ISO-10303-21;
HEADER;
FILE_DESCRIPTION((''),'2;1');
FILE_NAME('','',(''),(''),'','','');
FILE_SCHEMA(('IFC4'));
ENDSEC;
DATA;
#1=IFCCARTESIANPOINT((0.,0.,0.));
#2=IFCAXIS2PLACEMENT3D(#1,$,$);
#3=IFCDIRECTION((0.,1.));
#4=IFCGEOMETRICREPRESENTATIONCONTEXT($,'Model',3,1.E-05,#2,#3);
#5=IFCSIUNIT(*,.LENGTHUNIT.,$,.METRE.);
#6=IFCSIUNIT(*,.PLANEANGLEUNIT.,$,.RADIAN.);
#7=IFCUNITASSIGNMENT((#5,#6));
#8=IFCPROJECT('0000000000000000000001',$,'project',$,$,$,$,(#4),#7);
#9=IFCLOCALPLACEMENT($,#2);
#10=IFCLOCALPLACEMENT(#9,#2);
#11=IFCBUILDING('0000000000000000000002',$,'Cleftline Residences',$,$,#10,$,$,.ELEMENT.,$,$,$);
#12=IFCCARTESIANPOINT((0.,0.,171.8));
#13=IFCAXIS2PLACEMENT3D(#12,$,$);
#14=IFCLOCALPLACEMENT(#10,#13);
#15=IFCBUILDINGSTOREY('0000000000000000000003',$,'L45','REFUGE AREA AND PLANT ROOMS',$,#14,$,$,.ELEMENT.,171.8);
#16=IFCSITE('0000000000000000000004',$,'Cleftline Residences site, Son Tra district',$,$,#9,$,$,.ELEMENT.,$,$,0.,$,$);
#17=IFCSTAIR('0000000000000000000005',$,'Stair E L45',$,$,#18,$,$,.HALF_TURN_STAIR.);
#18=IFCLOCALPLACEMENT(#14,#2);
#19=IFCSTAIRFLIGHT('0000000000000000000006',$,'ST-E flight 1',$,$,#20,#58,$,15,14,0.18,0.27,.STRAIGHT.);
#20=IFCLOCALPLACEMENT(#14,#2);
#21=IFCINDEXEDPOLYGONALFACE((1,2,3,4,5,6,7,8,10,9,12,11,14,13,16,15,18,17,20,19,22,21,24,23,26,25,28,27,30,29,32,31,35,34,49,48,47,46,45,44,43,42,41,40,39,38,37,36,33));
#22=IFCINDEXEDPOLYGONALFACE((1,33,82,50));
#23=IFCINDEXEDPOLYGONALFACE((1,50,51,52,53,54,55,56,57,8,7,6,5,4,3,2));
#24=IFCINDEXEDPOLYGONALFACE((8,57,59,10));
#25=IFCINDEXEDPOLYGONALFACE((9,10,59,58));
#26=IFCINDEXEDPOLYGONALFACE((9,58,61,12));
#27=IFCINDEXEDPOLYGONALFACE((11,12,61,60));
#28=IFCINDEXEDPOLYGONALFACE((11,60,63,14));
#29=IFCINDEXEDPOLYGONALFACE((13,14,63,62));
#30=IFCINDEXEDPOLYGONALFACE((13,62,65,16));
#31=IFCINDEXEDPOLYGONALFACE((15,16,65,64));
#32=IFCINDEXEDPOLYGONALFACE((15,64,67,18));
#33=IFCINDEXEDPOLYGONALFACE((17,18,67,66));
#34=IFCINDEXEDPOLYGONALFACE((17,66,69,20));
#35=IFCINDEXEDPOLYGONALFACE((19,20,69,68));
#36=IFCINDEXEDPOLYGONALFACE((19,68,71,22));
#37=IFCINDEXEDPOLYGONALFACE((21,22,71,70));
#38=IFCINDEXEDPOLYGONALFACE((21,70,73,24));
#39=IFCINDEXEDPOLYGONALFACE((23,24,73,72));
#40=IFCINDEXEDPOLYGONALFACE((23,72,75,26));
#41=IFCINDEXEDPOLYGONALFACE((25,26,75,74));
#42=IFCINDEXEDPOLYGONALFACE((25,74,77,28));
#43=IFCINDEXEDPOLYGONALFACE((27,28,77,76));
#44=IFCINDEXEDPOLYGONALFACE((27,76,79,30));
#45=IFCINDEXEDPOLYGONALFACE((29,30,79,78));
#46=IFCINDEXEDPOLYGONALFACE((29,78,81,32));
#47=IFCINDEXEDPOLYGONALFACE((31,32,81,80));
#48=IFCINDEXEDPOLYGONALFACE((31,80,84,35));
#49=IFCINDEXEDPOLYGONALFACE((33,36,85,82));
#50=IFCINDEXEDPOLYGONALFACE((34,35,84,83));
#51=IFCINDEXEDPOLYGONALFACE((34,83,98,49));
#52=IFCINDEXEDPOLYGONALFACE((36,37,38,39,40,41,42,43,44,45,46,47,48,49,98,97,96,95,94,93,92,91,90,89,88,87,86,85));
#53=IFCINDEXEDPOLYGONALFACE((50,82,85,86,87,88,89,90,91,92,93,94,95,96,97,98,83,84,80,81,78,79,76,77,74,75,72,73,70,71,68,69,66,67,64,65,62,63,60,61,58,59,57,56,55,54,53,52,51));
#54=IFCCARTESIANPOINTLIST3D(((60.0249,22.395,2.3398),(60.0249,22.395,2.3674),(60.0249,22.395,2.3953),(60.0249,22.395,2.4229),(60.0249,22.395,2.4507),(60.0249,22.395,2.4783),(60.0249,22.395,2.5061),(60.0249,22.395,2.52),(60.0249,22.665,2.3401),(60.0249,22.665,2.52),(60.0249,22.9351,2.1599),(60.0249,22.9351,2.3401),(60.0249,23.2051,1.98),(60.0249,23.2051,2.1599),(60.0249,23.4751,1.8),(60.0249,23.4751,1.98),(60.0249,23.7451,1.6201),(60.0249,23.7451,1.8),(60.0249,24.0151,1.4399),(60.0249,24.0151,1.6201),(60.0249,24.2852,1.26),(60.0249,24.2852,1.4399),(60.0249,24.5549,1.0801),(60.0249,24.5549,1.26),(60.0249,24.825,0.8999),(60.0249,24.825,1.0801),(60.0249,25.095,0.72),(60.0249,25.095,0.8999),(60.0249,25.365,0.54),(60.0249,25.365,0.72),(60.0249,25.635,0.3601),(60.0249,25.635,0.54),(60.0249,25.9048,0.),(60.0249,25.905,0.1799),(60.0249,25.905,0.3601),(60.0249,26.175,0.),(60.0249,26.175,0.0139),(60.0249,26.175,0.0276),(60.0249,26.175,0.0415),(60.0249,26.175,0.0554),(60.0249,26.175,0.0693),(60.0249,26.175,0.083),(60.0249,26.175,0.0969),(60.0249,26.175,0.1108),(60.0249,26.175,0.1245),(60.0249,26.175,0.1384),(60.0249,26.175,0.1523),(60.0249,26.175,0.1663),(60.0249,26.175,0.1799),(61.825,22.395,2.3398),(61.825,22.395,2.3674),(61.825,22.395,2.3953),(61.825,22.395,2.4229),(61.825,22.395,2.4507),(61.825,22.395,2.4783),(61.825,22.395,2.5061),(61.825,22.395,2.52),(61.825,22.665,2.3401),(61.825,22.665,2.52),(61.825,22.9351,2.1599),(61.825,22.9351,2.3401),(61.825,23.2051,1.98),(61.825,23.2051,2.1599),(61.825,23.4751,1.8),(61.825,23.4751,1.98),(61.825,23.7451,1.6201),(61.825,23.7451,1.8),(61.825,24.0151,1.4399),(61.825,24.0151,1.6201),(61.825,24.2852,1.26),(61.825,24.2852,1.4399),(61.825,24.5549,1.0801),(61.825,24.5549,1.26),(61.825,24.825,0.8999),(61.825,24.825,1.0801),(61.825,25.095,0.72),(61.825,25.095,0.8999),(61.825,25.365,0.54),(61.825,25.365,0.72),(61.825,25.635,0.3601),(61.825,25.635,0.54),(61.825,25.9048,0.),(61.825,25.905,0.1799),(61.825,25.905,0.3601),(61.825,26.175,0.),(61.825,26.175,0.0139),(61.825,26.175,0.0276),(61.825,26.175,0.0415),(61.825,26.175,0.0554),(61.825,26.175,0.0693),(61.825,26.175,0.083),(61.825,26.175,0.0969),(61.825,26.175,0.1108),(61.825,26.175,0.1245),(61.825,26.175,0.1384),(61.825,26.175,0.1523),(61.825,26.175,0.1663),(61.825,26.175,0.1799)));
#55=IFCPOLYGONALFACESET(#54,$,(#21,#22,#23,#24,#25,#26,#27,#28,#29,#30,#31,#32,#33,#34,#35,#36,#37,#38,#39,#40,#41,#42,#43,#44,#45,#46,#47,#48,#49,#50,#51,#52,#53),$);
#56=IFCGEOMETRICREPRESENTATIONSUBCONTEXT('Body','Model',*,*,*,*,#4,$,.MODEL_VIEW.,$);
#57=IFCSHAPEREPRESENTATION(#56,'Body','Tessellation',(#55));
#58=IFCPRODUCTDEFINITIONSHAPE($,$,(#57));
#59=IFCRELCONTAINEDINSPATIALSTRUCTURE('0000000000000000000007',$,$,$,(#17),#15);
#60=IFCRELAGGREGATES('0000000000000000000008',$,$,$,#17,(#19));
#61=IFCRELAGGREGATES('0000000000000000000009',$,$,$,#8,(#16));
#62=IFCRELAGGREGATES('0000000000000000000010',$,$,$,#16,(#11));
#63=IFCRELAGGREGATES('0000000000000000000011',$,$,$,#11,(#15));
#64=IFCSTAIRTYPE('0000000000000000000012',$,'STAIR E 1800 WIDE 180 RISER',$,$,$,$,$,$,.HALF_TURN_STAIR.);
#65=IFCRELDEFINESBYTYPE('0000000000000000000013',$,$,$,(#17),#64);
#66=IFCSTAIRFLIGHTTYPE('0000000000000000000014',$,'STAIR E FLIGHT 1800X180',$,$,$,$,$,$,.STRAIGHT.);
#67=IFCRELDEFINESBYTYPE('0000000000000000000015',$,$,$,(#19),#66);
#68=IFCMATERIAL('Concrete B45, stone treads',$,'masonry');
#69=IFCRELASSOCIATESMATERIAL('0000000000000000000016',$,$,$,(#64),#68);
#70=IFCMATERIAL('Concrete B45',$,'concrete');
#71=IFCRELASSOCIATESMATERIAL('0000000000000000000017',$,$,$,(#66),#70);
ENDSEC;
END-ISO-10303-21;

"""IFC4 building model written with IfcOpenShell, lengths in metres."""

from ifc_helpers import new_model, si_unit, direction, frame, origin, place, context, subcontext, project, spatial, polyline, outline, extrude, material, type_object, element, aggregate, save


model = new_model("IFC4")

# Units and contexts
model_context = context("Model", 3, precision=1e-05, world=origin(), true_north=direction((0.0, 1.0)))
body_context = subcontext(model_context, "Body", "Model", "MODEL_VIEW")
ifc_project = project(units=[si_unit("LENGTHUNIT", "METRE"), si_unit("PLANEANGLEUNIT", "RADIAN")], contexts=[model_context])

# Site, building, storey
site_placement = place(None, origin())
site = spatial("IfcSite", under=ifc_project, at=site_placement, Name="Cleftline Residences site, Son Tra district", CompositionType="ELEMENT", RefElevation=0.0)
building_placement = place(site_placement, origin())
building = spatial("IfcBuilding", under=site, at=building_placement, Name="Cleftline Residences", CompositionType="ELEMENT")
storey_placement = place(building_placement, frame((0.0, 0.0, 171.8)))
storey = spatial("IfcBuildingStorey", under=building, at=storey_placement, Name="L45", Description="REFUGE AREA AND PLANT ROOMS", CompositionType="ELEMENT", Elevation=171.8)

# Stair, stair flight
ifc_material_1 = material(Name="Concrete B45, stone treads", Category="masonry")
stair_type = type_object("IfcStairType", Name="STAIR E 1800 WIDE 180 RISER", PredefinedType="HALF_TURN_STAIR", material=ifc_material_1)
stair_placement = place(storey_placement, origin())
stair = element("IfcStair", 1, at=stair_placement, inside=storey, type_object=stair_type, Name="Stair E L45", PredefinedType="HALF_TURN_STAIR")
ifc_material_2 = material(Name="Concrete B45", Category="concrete")
stair_flight_type = type_object("IfcStairFlightType", Name="STAIR E FLIGHT 1800X180", PredefinedType="STRAIGHT", material=ifc_material_2)
stair_flight_placement = place(storey_placement, frame((60.925, 26.175, 0.0), z_axis=(0.0, 0.0, 1.0), x_axis=(0.0, -1.0, 0.0)))
stair_flight = element("IfcStairFlight", 2, at=stair_flight_placement, type_object=stair_flight_type, Name="ST-E flight 1", NumberOfRisers=15, NumberOfTreads=14, PredefinedType="STRAIGHT", RiserHeight=0.18, TreadLength=0.27, context=body_context, shape_type="SweptSolid", body=[
    extrude(outline(polyline([(0.0, 0.0), (0.0, 0.0139), (0.0, 0.0276), (0.0, 0.0415), (0.0, 0.0554), (0.0, 0.0693), (0.0, 0.083), (0.0, 0.0969), (0.0, 0.1108), (0.0, 0.1245), (0.0, 0.1384), (0.0, 0.1523), (0.0, 0.1663), (0.0, 0.1799), (0.27, 0.1799), (0.27, 0.3601), (0.54, 0.3601), (0.54, 0.54), (0.8101, 0.54), (0.8101, 0.72), (1.0801, 0.72), (1.0801, 0.8999), (1.3501, 0.8999), (1.3501, 1.0801), (1.6201, 1.0801), (1.6201, 1.26), (1.8899, 1.26), (1.8899, 1.4399), (2.1599, 1.4399), (2.1599, 1.6201), (2.4299, 1.6201), (2.4299, 1.8), (2.7, 1.8), (2.7, 1.98), (2.97, 1.98), (2.97, 2.1599), (3.24, 2.1599), (3.24, 2.3401), (3.51, 2.3401), (3.51, 2.52), (3.78, 2.52), (3.78, 2.7), (3.78, 2.6724), (3.78, 2.6445), (3.78, 2.6169), (3.78, 2.5891), (3.78, 2.5615), (3.78, 2.5337), (3.78, 2.5061), (3.78, 2.4783), (3.78, 2.4507), (3.78, 2.4229), (3.78, 2.3953), (3.78, 2.3674), (3.78, 2.3398), (0.2703, 0.0), (0.0, 0.0)])), frame((0.0, 0.8999, 0.0), z_axis=(0.0, -1.0, 0.0), x_axis=(1.0, 0.0, 0.0)), (0.0, 0.0, 1.0), 1.8),
])
aggregate(stair, [stair_flight])

save(model, "model.ifc")
